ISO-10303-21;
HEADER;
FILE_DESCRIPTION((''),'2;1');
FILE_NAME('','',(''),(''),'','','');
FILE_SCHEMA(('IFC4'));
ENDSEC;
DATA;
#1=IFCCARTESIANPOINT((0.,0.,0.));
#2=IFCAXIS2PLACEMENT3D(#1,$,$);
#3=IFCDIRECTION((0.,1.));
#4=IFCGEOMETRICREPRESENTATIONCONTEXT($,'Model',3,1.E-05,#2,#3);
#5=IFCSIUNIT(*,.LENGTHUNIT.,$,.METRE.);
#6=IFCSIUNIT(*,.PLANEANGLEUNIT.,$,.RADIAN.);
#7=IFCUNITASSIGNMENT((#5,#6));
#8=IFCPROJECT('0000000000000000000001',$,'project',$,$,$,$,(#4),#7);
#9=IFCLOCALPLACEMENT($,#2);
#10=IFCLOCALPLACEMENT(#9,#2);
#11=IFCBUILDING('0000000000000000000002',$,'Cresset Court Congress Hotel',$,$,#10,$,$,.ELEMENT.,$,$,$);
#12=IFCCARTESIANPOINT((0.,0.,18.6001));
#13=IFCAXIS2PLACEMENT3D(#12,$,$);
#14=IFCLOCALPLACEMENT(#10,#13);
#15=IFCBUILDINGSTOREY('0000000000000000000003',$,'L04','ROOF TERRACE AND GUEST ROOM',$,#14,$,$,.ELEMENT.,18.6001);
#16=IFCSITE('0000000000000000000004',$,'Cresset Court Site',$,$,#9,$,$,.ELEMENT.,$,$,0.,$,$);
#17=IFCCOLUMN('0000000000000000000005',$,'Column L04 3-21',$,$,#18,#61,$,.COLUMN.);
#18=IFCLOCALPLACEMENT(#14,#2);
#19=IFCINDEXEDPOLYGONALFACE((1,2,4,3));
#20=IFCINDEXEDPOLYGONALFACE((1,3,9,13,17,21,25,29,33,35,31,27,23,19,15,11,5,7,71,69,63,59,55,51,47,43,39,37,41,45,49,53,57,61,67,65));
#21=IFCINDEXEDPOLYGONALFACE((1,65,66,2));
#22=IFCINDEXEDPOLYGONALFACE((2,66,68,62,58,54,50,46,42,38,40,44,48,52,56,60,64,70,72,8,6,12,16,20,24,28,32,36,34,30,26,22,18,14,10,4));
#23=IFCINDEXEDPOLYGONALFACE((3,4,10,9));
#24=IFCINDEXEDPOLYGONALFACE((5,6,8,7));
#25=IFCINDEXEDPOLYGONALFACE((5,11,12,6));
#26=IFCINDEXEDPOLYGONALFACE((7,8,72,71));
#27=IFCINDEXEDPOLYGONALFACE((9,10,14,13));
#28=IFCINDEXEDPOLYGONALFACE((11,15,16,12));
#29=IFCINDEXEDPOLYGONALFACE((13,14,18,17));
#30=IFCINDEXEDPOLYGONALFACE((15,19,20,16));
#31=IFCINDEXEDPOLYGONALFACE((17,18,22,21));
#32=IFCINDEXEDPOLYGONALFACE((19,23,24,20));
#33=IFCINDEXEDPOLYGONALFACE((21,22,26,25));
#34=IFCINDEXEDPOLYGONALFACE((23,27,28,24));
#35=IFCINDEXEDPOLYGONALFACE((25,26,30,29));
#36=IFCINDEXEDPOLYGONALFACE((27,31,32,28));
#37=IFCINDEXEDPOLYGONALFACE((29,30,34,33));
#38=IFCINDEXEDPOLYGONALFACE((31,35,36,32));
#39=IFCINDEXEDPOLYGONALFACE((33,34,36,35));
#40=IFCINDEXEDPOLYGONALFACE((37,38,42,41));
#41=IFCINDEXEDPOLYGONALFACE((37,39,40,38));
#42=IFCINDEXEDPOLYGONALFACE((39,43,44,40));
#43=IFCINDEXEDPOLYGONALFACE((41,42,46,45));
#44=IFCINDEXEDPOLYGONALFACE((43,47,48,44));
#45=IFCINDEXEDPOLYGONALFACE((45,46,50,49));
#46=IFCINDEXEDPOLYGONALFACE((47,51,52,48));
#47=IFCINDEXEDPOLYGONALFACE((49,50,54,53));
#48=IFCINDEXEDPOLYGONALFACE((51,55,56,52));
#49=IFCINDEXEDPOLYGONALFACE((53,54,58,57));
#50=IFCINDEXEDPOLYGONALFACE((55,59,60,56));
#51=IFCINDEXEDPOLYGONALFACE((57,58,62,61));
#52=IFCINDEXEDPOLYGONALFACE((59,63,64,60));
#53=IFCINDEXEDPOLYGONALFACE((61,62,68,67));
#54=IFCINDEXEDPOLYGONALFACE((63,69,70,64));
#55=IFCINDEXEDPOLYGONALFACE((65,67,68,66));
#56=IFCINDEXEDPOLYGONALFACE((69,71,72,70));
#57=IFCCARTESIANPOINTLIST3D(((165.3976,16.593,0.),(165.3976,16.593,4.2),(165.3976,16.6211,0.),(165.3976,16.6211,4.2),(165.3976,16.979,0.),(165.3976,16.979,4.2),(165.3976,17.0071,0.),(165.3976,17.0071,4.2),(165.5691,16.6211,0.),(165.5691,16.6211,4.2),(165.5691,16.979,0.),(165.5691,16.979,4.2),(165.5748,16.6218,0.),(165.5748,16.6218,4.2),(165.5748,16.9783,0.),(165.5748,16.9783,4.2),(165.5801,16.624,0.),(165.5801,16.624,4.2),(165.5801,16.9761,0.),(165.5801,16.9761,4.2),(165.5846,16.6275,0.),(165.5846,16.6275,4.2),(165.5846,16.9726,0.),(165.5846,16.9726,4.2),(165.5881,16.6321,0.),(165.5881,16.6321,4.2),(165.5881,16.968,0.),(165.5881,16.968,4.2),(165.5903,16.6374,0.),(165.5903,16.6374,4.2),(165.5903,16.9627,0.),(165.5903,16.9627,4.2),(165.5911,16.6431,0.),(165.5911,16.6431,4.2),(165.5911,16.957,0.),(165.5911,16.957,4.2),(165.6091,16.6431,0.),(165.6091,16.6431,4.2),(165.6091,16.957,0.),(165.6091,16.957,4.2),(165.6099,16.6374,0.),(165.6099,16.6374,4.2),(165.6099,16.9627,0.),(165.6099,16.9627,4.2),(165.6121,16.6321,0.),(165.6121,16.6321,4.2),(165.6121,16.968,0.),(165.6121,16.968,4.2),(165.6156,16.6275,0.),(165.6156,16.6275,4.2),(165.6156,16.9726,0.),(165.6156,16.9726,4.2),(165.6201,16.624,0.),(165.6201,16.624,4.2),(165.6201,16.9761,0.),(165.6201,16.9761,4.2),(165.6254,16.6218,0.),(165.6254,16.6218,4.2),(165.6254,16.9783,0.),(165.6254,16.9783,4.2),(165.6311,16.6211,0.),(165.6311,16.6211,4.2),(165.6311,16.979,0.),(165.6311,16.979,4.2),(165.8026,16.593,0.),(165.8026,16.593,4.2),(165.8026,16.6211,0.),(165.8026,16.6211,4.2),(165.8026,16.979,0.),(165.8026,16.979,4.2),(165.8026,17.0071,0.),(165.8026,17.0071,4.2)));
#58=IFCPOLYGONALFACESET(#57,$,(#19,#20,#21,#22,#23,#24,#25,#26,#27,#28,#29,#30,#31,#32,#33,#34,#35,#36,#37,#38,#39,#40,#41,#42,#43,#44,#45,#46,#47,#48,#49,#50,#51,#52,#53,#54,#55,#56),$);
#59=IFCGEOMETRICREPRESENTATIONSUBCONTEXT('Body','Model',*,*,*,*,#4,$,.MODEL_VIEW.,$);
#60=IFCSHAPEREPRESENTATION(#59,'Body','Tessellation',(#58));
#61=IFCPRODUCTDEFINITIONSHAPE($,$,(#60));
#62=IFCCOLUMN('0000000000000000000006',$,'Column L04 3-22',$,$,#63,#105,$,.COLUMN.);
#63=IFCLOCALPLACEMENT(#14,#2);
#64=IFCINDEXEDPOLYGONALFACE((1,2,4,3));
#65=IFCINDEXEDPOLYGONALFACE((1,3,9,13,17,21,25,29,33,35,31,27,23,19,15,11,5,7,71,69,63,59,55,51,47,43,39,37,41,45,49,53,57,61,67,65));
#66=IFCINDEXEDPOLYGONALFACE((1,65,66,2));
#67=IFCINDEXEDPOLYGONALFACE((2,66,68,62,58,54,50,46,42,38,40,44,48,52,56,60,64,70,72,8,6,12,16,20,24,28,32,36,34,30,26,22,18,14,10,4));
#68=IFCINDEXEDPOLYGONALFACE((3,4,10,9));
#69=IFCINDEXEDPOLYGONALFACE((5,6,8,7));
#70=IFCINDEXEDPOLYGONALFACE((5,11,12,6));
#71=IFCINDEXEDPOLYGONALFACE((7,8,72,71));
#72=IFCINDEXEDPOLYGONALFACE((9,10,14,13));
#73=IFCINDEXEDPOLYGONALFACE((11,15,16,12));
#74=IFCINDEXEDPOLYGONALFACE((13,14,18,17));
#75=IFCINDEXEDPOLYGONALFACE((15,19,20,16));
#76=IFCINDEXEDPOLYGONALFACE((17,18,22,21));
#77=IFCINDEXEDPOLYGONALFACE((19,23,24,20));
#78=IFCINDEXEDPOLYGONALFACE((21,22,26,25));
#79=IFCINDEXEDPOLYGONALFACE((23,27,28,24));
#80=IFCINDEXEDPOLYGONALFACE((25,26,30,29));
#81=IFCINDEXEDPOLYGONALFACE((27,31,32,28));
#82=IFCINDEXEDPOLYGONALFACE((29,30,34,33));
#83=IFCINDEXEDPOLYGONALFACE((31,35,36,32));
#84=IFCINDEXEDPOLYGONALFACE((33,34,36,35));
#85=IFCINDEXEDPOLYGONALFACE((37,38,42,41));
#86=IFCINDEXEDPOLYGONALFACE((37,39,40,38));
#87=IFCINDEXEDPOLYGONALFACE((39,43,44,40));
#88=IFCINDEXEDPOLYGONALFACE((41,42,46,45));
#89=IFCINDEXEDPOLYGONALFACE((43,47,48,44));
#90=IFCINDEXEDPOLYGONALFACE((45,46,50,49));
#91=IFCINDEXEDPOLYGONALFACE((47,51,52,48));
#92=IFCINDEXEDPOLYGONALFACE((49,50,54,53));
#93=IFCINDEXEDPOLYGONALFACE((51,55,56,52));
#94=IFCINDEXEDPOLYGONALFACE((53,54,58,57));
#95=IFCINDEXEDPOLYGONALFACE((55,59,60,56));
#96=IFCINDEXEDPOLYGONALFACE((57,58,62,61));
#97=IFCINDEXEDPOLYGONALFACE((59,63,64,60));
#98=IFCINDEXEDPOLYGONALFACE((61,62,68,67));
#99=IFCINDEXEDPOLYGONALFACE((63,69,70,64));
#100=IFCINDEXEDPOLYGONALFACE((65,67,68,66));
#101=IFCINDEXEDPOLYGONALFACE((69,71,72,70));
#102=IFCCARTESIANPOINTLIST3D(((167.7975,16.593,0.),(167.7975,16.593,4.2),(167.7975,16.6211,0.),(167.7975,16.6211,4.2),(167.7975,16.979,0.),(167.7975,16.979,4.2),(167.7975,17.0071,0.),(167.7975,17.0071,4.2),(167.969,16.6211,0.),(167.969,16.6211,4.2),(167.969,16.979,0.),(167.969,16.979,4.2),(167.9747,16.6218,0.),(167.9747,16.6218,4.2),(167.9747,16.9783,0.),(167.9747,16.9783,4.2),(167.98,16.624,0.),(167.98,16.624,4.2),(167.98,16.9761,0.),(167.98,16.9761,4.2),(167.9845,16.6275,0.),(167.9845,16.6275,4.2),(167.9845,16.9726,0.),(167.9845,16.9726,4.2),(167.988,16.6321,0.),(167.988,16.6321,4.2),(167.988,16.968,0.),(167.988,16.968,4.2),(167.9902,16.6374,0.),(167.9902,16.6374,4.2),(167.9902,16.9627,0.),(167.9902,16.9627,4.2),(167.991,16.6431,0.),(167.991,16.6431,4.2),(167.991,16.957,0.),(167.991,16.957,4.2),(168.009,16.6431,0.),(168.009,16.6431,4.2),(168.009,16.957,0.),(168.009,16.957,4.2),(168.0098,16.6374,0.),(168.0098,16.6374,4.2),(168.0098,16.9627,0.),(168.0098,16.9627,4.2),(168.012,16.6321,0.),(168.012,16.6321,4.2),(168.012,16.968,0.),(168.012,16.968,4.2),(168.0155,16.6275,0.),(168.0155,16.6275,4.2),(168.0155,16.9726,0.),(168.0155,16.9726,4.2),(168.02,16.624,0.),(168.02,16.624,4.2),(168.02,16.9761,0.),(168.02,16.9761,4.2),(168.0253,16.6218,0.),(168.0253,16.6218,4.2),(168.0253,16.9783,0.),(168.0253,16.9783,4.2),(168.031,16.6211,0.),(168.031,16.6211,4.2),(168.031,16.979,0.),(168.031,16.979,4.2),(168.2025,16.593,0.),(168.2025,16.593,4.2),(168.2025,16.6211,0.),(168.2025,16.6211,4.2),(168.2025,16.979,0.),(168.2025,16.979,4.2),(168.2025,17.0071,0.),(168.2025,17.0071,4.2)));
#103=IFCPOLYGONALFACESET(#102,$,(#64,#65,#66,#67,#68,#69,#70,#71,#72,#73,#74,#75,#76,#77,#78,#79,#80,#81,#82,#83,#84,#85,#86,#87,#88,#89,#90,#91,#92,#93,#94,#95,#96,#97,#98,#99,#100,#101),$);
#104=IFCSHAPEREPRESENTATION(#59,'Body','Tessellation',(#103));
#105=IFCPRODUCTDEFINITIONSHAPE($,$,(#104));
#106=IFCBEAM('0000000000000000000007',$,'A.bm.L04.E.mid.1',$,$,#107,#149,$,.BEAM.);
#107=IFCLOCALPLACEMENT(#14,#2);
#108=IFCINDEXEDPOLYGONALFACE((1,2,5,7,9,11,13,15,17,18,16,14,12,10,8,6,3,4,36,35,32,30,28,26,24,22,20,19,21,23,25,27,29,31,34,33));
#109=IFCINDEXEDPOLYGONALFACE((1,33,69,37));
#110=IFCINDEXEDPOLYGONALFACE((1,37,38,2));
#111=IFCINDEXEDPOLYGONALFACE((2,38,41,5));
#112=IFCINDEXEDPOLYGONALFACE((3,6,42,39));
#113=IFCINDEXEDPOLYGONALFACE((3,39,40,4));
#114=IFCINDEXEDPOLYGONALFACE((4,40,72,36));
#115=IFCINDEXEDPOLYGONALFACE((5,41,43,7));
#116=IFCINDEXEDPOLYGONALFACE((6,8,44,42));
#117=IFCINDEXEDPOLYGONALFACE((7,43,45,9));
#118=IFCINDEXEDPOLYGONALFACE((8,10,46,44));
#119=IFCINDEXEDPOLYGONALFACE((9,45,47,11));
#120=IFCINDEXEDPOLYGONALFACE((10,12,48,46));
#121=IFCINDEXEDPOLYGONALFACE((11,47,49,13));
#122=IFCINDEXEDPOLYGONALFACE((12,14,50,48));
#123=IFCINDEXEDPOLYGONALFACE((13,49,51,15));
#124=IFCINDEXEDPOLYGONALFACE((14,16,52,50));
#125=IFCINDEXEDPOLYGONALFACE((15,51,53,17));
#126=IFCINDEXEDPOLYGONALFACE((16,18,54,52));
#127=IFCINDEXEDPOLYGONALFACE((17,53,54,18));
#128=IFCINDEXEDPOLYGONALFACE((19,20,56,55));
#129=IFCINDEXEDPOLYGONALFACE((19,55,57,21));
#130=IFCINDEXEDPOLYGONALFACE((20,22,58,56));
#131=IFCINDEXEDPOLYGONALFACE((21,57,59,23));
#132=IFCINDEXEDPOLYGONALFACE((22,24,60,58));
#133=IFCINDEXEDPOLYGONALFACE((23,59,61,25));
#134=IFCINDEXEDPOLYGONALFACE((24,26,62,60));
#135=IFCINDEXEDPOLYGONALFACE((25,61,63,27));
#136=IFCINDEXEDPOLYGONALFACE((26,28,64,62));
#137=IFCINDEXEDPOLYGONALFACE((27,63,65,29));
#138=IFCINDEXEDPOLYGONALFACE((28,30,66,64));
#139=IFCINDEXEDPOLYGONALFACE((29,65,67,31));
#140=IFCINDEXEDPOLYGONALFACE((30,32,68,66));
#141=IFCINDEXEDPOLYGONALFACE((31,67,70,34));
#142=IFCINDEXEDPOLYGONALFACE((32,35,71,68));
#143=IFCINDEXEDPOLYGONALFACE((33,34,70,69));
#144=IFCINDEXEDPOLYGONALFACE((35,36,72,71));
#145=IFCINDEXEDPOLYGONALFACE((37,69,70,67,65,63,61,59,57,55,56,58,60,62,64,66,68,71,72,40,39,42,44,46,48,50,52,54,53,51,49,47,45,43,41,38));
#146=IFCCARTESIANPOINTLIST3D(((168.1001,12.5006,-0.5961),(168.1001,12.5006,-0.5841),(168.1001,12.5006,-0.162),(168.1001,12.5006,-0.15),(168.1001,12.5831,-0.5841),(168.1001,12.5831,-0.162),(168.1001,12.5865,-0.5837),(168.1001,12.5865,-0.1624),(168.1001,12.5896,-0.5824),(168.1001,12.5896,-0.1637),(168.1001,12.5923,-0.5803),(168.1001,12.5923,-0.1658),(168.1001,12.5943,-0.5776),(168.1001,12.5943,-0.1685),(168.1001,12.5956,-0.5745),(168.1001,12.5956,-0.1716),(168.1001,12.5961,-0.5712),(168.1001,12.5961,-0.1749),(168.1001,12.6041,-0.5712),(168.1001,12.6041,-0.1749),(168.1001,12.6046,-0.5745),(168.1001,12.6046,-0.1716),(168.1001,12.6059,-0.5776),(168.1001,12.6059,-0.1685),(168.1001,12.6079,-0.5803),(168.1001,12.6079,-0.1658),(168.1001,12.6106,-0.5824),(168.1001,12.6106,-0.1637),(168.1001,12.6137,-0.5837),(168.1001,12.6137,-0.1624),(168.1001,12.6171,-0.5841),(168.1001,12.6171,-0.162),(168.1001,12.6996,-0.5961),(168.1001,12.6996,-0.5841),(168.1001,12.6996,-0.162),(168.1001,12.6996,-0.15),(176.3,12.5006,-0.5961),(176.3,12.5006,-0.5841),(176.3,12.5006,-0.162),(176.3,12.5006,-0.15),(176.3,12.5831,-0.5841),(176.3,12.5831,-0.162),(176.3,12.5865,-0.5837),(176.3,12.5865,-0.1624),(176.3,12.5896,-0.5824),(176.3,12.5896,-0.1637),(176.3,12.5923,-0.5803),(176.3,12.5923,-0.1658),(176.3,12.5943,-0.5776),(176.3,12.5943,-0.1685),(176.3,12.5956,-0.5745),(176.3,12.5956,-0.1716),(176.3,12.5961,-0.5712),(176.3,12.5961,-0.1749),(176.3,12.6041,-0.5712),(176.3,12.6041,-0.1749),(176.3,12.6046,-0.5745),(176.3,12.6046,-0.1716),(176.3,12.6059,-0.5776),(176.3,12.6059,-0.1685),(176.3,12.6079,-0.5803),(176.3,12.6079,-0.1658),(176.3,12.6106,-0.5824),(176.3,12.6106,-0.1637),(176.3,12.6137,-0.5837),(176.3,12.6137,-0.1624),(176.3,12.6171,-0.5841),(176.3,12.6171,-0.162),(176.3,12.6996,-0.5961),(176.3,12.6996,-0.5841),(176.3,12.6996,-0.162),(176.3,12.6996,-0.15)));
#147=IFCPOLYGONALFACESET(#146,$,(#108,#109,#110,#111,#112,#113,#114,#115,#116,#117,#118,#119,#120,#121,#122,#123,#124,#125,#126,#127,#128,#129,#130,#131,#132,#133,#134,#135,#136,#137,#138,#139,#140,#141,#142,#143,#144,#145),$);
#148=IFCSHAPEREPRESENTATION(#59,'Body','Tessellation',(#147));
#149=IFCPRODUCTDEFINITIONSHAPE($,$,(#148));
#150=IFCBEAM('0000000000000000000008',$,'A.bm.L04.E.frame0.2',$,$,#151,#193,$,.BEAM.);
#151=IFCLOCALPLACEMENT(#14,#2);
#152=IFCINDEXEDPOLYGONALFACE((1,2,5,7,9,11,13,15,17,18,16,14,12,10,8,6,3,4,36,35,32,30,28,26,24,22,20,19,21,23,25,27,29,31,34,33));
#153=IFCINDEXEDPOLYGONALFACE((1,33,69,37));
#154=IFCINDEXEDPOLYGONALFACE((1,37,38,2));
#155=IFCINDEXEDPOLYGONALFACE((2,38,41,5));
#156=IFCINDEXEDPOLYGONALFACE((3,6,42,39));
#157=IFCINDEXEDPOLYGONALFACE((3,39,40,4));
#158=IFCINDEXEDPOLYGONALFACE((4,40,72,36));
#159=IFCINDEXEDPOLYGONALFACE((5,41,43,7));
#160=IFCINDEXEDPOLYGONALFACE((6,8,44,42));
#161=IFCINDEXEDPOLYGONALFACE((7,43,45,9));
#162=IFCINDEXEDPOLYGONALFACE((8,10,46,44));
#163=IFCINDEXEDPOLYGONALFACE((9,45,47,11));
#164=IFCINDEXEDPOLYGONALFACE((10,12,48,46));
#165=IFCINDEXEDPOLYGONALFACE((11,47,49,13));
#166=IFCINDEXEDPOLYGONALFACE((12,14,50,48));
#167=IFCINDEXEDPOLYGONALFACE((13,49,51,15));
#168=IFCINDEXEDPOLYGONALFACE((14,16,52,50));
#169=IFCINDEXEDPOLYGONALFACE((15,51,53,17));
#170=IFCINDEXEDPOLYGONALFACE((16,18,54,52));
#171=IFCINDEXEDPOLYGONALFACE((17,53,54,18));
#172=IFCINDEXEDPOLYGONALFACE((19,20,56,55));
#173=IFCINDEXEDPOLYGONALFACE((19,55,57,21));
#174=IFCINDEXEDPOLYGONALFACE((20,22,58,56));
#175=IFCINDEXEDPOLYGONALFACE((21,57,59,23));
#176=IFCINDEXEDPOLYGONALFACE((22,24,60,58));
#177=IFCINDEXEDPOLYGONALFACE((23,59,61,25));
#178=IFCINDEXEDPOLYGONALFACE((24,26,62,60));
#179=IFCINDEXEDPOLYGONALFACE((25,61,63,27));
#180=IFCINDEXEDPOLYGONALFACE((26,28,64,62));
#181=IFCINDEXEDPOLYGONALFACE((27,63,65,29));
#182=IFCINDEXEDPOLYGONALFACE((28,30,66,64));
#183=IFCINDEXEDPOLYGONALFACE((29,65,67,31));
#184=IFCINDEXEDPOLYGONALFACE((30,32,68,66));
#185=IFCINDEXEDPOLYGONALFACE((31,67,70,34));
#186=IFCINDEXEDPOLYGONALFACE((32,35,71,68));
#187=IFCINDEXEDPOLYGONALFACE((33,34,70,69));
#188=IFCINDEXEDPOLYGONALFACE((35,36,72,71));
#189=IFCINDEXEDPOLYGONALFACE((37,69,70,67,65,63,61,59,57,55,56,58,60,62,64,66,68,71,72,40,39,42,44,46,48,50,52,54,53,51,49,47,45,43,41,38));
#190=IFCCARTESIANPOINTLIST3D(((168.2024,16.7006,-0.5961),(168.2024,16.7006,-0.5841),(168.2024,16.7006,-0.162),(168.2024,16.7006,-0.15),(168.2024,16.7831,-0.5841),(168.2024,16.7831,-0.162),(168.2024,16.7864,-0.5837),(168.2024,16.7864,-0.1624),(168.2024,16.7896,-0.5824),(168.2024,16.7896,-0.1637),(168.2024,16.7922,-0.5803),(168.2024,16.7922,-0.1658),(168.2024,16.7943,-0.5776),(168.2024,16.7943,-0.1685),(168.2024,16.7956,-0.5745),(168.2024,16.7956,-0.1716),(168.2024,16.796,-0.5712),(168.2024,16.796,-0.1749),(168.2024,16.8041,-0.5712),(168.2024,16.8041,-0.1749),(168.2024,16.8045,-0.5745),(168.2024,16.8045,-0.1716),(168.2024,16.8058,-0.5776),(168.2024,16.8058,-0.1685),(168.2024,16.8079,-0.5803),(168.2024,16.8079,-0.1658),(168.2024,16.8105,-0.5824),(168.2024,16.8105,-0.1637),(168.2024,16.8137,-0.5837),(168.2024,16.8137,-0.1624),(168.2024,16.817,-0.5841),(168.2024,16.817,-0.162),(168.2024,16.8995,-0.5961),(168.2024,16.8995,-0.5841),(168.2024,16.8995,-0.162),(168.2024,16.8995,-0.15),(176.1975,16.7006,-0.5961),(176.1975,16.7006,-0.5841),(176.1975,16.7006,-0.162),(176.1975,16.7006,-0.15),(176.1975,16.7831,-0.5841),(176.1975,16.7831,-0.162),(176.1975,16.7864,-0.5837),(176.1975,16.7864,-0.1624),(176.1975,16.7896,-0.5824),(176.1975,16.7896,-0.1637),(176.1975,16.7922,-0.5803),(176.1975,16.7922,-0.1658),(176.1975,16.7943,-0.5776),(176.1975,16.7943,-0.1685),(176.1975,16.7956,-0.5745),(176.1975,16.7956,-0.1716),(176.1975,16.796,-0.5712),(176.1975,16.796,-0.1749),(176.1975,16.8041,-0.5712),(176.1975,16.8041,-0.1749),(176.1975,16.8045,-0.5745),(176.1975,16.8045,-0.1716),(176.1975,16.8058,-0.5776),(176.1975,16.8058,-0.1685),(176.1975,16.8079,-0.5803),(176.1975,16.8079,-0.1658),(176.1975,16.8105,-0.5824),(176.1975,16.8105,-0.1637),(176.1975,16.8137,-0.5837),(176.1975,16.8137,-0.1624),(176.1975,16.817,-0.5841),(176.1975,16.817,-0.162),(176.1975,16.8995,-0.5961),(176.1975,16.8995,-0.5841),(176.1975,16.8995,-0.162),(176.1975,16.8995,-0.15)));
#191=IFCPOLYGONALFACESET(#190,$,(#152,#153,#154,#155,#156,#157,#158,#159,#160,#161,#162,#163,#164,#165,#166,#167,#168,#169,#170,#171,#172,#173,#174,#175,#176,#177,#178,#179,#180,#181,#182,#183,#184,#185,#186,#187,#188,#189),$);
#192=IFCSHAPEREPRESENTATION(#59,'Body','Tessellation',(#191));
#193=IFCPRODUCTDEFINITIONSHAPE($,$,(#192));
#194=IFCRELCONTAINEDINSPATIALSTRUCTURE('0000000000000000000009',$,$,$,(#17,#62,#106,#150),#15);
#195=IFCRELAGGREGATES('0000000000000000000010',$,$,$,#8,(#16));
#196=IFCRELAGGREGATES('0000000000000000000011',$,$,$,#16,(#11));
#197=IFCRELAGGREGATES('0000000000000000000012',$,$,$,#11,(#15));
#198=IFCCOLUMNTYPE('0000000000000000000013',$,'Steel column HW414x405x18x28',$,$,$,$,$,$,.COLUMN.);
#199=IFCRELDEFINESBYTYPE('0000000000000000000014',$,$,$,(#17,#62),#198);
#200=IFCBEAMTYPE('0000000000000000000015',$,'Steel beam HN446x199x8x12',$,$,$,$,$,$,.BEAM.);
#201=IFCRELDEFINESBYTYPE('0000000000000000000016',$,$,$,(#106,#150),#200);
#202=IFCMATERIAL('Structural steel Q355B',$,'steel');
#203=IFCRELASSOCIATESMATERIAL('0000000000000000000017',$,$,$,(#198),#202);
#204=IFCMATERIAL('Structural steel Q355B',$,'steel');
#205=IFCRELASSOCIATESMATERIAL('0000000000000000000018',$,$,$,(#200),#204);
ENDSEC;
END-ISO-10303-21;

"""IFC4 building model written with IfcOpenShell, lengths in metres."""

from ifc_helpers import new_model, si_unit, direction, frame, origin, origin_2d, place, context, subcontext, project, spatial, i_section, extrude, material, material_profile, profile_set, type_object, element, save


model = new_model("IFC4")

# Units and contexts
model_context = context("Model", 3, precision=1e-05, world=origin(), true_north=direction((0.0, 1.0)))
body_context = subcontext(model_context, "Body", "Model", "MODEL_VIEW")
ifc_project = project(units=[si_unit("LENGTHUNIT", "METRE"), si_unit("PLANEANGLEUNIT", "RADIAN")], contexts=[model_context])

# Site, building, storey
site_placement = place(None, origin())
site = spatial("IfcSite", under=ifc_project, at=site_placement, Name="Cresset Court Site", CompositionType="ELEMENT", RefElevation=0.0)
building_placement = place(site_placement, origin())
building = spatial("IfcBuilding", under=site, at=building_placement, Name="Cresset Court Congress Hotel", CompositionType="ELEMENT")
storey_placement = place(building_placement, frame((0.0, 0.0, 18.6001)))
storey = spatial("IfcBuildingStorey", under=building, at=storey_placement, Name="L04", Description="ROOF TERRACE AND GUEST ROOM", CompositionType="ELEMENT", Elevation=18.6001)

# Columns
ifc_material_1 = material(Name="Structural steel Q355B", Category="steel")
ifc_material_profile_1 = material_profile(ifc_material_1, i_section(OverallWidth=0.405, OverallDepth=0.4141, WebThickness=0.0181, FlangeThickness=0.0281, FilletRadius=0.022, at=origin_2d()), Name="HW414x405x18x28")
ifc_profile_set_1 = profile_set([ifc_material_profile_1], Name="Structural steel Q355B")
column_type = type_object("IfcColumnType", Name="Steel column HW414x405x18x28", PredefinedType="COLUMN", material=ifc_profile_set_1)
for number, where, z_axis, x_axis, name in (
    (1, (165.6001, 16.8, 0.0), (0.0, 0.0, 1.0), (1.0, 0.0, 0.0), "Column L04 3-21"),
    (2, (168.0, 16.8, 0.0), (0.0, 0.0, 1.0), (1.0, 0.0, 0.0), "Column L04 3-22"),
):
    element("IfcColumn", number, at=place(storey_placement, frame(where, z_axis=z_axis, x_axis=x_axis)), inside=storey, type_object=column_type, Name=name, PredefinedType="COLUMN", context=body_context, shape_type="SweptSolid", body=[
        extrude(i_section(OverallWidth=0.405, OverallDepth=0.4141, WebThickness=0.0181, FlangeThickness=0.0281, FilletRadius=0.022, at=origin_2d()), origin(), (0.0, 0.0, 1.0), 4.2),
    ])

# Beams
ifc_material_2 = material(Name="Structural steel Q355B", Category="steel")
ifc_material_profile_2 = material_profile(ifc_material_2, i_section(OverallWidth=0.199, OverallDepth=0.446, WebThickness=0.0081, FlangeThickness=0.012, FilletRadius=0.0129, at=origin_2d()), Name="HN446x199x8x12")
ifc_profile_set_2 = profile_set([ifc_material_profile_2], Name="Structural steel Q355B")
beam_type_1 = type_object("IfcBeamType", Name="Steel beam HN446x199x8x12", PredefinedType="BEAM", material=ifc_profile_set_2)
beam_1_placement = place(storey_placement, frame((168.1001, 12.6001, -0.373), z_axis=(1.0, 0.0, 0.0), x_axis=(0.0, 1.0, 0.0)))
element("IfcBeam", 3, at=beam_1_placement, inside=storey, type_object=beam_type_1, Name="A.bm.L04.E.mid.1", PredefinedType="BEAM", context=body_context, shape_type="SweptSolid", body=[
    extrude(i_section(OverallWidth=0.199, OverallDepth=0.446, WebThickness=0.0081, FlangeThickness=0.012, FilletRadius=0.0129, at=origin_2d()), origin(), (0.0, 0.0, 1.0), 8.2),
])
beam_2_placement = place(storey_placement, frame((168.2024, 16.8, -0.373), z_axis=(1.0, 0.0, 0.0), x_axis=(0.0, 1.0, 0.0)))
element("IfcBeam", 4, at=beam_2_placement, inside=storey, type_object=beam_type_1, Name="A.bm.L04.E.frame0.2", PredefinedType="BEAM", context=body_context, shape_type="SweptSolid", body=[
    extrude(i_section(OverallWidth=0.199, OverallDepth=0.446, WebThickness=0.0081, FlangeThickness=0.012, FilletRadius=0.0129, at=origin_2d()), origin(), (0.0, 0.0, 1.0), 7.9951),
])

save(model, "model.ifc")
